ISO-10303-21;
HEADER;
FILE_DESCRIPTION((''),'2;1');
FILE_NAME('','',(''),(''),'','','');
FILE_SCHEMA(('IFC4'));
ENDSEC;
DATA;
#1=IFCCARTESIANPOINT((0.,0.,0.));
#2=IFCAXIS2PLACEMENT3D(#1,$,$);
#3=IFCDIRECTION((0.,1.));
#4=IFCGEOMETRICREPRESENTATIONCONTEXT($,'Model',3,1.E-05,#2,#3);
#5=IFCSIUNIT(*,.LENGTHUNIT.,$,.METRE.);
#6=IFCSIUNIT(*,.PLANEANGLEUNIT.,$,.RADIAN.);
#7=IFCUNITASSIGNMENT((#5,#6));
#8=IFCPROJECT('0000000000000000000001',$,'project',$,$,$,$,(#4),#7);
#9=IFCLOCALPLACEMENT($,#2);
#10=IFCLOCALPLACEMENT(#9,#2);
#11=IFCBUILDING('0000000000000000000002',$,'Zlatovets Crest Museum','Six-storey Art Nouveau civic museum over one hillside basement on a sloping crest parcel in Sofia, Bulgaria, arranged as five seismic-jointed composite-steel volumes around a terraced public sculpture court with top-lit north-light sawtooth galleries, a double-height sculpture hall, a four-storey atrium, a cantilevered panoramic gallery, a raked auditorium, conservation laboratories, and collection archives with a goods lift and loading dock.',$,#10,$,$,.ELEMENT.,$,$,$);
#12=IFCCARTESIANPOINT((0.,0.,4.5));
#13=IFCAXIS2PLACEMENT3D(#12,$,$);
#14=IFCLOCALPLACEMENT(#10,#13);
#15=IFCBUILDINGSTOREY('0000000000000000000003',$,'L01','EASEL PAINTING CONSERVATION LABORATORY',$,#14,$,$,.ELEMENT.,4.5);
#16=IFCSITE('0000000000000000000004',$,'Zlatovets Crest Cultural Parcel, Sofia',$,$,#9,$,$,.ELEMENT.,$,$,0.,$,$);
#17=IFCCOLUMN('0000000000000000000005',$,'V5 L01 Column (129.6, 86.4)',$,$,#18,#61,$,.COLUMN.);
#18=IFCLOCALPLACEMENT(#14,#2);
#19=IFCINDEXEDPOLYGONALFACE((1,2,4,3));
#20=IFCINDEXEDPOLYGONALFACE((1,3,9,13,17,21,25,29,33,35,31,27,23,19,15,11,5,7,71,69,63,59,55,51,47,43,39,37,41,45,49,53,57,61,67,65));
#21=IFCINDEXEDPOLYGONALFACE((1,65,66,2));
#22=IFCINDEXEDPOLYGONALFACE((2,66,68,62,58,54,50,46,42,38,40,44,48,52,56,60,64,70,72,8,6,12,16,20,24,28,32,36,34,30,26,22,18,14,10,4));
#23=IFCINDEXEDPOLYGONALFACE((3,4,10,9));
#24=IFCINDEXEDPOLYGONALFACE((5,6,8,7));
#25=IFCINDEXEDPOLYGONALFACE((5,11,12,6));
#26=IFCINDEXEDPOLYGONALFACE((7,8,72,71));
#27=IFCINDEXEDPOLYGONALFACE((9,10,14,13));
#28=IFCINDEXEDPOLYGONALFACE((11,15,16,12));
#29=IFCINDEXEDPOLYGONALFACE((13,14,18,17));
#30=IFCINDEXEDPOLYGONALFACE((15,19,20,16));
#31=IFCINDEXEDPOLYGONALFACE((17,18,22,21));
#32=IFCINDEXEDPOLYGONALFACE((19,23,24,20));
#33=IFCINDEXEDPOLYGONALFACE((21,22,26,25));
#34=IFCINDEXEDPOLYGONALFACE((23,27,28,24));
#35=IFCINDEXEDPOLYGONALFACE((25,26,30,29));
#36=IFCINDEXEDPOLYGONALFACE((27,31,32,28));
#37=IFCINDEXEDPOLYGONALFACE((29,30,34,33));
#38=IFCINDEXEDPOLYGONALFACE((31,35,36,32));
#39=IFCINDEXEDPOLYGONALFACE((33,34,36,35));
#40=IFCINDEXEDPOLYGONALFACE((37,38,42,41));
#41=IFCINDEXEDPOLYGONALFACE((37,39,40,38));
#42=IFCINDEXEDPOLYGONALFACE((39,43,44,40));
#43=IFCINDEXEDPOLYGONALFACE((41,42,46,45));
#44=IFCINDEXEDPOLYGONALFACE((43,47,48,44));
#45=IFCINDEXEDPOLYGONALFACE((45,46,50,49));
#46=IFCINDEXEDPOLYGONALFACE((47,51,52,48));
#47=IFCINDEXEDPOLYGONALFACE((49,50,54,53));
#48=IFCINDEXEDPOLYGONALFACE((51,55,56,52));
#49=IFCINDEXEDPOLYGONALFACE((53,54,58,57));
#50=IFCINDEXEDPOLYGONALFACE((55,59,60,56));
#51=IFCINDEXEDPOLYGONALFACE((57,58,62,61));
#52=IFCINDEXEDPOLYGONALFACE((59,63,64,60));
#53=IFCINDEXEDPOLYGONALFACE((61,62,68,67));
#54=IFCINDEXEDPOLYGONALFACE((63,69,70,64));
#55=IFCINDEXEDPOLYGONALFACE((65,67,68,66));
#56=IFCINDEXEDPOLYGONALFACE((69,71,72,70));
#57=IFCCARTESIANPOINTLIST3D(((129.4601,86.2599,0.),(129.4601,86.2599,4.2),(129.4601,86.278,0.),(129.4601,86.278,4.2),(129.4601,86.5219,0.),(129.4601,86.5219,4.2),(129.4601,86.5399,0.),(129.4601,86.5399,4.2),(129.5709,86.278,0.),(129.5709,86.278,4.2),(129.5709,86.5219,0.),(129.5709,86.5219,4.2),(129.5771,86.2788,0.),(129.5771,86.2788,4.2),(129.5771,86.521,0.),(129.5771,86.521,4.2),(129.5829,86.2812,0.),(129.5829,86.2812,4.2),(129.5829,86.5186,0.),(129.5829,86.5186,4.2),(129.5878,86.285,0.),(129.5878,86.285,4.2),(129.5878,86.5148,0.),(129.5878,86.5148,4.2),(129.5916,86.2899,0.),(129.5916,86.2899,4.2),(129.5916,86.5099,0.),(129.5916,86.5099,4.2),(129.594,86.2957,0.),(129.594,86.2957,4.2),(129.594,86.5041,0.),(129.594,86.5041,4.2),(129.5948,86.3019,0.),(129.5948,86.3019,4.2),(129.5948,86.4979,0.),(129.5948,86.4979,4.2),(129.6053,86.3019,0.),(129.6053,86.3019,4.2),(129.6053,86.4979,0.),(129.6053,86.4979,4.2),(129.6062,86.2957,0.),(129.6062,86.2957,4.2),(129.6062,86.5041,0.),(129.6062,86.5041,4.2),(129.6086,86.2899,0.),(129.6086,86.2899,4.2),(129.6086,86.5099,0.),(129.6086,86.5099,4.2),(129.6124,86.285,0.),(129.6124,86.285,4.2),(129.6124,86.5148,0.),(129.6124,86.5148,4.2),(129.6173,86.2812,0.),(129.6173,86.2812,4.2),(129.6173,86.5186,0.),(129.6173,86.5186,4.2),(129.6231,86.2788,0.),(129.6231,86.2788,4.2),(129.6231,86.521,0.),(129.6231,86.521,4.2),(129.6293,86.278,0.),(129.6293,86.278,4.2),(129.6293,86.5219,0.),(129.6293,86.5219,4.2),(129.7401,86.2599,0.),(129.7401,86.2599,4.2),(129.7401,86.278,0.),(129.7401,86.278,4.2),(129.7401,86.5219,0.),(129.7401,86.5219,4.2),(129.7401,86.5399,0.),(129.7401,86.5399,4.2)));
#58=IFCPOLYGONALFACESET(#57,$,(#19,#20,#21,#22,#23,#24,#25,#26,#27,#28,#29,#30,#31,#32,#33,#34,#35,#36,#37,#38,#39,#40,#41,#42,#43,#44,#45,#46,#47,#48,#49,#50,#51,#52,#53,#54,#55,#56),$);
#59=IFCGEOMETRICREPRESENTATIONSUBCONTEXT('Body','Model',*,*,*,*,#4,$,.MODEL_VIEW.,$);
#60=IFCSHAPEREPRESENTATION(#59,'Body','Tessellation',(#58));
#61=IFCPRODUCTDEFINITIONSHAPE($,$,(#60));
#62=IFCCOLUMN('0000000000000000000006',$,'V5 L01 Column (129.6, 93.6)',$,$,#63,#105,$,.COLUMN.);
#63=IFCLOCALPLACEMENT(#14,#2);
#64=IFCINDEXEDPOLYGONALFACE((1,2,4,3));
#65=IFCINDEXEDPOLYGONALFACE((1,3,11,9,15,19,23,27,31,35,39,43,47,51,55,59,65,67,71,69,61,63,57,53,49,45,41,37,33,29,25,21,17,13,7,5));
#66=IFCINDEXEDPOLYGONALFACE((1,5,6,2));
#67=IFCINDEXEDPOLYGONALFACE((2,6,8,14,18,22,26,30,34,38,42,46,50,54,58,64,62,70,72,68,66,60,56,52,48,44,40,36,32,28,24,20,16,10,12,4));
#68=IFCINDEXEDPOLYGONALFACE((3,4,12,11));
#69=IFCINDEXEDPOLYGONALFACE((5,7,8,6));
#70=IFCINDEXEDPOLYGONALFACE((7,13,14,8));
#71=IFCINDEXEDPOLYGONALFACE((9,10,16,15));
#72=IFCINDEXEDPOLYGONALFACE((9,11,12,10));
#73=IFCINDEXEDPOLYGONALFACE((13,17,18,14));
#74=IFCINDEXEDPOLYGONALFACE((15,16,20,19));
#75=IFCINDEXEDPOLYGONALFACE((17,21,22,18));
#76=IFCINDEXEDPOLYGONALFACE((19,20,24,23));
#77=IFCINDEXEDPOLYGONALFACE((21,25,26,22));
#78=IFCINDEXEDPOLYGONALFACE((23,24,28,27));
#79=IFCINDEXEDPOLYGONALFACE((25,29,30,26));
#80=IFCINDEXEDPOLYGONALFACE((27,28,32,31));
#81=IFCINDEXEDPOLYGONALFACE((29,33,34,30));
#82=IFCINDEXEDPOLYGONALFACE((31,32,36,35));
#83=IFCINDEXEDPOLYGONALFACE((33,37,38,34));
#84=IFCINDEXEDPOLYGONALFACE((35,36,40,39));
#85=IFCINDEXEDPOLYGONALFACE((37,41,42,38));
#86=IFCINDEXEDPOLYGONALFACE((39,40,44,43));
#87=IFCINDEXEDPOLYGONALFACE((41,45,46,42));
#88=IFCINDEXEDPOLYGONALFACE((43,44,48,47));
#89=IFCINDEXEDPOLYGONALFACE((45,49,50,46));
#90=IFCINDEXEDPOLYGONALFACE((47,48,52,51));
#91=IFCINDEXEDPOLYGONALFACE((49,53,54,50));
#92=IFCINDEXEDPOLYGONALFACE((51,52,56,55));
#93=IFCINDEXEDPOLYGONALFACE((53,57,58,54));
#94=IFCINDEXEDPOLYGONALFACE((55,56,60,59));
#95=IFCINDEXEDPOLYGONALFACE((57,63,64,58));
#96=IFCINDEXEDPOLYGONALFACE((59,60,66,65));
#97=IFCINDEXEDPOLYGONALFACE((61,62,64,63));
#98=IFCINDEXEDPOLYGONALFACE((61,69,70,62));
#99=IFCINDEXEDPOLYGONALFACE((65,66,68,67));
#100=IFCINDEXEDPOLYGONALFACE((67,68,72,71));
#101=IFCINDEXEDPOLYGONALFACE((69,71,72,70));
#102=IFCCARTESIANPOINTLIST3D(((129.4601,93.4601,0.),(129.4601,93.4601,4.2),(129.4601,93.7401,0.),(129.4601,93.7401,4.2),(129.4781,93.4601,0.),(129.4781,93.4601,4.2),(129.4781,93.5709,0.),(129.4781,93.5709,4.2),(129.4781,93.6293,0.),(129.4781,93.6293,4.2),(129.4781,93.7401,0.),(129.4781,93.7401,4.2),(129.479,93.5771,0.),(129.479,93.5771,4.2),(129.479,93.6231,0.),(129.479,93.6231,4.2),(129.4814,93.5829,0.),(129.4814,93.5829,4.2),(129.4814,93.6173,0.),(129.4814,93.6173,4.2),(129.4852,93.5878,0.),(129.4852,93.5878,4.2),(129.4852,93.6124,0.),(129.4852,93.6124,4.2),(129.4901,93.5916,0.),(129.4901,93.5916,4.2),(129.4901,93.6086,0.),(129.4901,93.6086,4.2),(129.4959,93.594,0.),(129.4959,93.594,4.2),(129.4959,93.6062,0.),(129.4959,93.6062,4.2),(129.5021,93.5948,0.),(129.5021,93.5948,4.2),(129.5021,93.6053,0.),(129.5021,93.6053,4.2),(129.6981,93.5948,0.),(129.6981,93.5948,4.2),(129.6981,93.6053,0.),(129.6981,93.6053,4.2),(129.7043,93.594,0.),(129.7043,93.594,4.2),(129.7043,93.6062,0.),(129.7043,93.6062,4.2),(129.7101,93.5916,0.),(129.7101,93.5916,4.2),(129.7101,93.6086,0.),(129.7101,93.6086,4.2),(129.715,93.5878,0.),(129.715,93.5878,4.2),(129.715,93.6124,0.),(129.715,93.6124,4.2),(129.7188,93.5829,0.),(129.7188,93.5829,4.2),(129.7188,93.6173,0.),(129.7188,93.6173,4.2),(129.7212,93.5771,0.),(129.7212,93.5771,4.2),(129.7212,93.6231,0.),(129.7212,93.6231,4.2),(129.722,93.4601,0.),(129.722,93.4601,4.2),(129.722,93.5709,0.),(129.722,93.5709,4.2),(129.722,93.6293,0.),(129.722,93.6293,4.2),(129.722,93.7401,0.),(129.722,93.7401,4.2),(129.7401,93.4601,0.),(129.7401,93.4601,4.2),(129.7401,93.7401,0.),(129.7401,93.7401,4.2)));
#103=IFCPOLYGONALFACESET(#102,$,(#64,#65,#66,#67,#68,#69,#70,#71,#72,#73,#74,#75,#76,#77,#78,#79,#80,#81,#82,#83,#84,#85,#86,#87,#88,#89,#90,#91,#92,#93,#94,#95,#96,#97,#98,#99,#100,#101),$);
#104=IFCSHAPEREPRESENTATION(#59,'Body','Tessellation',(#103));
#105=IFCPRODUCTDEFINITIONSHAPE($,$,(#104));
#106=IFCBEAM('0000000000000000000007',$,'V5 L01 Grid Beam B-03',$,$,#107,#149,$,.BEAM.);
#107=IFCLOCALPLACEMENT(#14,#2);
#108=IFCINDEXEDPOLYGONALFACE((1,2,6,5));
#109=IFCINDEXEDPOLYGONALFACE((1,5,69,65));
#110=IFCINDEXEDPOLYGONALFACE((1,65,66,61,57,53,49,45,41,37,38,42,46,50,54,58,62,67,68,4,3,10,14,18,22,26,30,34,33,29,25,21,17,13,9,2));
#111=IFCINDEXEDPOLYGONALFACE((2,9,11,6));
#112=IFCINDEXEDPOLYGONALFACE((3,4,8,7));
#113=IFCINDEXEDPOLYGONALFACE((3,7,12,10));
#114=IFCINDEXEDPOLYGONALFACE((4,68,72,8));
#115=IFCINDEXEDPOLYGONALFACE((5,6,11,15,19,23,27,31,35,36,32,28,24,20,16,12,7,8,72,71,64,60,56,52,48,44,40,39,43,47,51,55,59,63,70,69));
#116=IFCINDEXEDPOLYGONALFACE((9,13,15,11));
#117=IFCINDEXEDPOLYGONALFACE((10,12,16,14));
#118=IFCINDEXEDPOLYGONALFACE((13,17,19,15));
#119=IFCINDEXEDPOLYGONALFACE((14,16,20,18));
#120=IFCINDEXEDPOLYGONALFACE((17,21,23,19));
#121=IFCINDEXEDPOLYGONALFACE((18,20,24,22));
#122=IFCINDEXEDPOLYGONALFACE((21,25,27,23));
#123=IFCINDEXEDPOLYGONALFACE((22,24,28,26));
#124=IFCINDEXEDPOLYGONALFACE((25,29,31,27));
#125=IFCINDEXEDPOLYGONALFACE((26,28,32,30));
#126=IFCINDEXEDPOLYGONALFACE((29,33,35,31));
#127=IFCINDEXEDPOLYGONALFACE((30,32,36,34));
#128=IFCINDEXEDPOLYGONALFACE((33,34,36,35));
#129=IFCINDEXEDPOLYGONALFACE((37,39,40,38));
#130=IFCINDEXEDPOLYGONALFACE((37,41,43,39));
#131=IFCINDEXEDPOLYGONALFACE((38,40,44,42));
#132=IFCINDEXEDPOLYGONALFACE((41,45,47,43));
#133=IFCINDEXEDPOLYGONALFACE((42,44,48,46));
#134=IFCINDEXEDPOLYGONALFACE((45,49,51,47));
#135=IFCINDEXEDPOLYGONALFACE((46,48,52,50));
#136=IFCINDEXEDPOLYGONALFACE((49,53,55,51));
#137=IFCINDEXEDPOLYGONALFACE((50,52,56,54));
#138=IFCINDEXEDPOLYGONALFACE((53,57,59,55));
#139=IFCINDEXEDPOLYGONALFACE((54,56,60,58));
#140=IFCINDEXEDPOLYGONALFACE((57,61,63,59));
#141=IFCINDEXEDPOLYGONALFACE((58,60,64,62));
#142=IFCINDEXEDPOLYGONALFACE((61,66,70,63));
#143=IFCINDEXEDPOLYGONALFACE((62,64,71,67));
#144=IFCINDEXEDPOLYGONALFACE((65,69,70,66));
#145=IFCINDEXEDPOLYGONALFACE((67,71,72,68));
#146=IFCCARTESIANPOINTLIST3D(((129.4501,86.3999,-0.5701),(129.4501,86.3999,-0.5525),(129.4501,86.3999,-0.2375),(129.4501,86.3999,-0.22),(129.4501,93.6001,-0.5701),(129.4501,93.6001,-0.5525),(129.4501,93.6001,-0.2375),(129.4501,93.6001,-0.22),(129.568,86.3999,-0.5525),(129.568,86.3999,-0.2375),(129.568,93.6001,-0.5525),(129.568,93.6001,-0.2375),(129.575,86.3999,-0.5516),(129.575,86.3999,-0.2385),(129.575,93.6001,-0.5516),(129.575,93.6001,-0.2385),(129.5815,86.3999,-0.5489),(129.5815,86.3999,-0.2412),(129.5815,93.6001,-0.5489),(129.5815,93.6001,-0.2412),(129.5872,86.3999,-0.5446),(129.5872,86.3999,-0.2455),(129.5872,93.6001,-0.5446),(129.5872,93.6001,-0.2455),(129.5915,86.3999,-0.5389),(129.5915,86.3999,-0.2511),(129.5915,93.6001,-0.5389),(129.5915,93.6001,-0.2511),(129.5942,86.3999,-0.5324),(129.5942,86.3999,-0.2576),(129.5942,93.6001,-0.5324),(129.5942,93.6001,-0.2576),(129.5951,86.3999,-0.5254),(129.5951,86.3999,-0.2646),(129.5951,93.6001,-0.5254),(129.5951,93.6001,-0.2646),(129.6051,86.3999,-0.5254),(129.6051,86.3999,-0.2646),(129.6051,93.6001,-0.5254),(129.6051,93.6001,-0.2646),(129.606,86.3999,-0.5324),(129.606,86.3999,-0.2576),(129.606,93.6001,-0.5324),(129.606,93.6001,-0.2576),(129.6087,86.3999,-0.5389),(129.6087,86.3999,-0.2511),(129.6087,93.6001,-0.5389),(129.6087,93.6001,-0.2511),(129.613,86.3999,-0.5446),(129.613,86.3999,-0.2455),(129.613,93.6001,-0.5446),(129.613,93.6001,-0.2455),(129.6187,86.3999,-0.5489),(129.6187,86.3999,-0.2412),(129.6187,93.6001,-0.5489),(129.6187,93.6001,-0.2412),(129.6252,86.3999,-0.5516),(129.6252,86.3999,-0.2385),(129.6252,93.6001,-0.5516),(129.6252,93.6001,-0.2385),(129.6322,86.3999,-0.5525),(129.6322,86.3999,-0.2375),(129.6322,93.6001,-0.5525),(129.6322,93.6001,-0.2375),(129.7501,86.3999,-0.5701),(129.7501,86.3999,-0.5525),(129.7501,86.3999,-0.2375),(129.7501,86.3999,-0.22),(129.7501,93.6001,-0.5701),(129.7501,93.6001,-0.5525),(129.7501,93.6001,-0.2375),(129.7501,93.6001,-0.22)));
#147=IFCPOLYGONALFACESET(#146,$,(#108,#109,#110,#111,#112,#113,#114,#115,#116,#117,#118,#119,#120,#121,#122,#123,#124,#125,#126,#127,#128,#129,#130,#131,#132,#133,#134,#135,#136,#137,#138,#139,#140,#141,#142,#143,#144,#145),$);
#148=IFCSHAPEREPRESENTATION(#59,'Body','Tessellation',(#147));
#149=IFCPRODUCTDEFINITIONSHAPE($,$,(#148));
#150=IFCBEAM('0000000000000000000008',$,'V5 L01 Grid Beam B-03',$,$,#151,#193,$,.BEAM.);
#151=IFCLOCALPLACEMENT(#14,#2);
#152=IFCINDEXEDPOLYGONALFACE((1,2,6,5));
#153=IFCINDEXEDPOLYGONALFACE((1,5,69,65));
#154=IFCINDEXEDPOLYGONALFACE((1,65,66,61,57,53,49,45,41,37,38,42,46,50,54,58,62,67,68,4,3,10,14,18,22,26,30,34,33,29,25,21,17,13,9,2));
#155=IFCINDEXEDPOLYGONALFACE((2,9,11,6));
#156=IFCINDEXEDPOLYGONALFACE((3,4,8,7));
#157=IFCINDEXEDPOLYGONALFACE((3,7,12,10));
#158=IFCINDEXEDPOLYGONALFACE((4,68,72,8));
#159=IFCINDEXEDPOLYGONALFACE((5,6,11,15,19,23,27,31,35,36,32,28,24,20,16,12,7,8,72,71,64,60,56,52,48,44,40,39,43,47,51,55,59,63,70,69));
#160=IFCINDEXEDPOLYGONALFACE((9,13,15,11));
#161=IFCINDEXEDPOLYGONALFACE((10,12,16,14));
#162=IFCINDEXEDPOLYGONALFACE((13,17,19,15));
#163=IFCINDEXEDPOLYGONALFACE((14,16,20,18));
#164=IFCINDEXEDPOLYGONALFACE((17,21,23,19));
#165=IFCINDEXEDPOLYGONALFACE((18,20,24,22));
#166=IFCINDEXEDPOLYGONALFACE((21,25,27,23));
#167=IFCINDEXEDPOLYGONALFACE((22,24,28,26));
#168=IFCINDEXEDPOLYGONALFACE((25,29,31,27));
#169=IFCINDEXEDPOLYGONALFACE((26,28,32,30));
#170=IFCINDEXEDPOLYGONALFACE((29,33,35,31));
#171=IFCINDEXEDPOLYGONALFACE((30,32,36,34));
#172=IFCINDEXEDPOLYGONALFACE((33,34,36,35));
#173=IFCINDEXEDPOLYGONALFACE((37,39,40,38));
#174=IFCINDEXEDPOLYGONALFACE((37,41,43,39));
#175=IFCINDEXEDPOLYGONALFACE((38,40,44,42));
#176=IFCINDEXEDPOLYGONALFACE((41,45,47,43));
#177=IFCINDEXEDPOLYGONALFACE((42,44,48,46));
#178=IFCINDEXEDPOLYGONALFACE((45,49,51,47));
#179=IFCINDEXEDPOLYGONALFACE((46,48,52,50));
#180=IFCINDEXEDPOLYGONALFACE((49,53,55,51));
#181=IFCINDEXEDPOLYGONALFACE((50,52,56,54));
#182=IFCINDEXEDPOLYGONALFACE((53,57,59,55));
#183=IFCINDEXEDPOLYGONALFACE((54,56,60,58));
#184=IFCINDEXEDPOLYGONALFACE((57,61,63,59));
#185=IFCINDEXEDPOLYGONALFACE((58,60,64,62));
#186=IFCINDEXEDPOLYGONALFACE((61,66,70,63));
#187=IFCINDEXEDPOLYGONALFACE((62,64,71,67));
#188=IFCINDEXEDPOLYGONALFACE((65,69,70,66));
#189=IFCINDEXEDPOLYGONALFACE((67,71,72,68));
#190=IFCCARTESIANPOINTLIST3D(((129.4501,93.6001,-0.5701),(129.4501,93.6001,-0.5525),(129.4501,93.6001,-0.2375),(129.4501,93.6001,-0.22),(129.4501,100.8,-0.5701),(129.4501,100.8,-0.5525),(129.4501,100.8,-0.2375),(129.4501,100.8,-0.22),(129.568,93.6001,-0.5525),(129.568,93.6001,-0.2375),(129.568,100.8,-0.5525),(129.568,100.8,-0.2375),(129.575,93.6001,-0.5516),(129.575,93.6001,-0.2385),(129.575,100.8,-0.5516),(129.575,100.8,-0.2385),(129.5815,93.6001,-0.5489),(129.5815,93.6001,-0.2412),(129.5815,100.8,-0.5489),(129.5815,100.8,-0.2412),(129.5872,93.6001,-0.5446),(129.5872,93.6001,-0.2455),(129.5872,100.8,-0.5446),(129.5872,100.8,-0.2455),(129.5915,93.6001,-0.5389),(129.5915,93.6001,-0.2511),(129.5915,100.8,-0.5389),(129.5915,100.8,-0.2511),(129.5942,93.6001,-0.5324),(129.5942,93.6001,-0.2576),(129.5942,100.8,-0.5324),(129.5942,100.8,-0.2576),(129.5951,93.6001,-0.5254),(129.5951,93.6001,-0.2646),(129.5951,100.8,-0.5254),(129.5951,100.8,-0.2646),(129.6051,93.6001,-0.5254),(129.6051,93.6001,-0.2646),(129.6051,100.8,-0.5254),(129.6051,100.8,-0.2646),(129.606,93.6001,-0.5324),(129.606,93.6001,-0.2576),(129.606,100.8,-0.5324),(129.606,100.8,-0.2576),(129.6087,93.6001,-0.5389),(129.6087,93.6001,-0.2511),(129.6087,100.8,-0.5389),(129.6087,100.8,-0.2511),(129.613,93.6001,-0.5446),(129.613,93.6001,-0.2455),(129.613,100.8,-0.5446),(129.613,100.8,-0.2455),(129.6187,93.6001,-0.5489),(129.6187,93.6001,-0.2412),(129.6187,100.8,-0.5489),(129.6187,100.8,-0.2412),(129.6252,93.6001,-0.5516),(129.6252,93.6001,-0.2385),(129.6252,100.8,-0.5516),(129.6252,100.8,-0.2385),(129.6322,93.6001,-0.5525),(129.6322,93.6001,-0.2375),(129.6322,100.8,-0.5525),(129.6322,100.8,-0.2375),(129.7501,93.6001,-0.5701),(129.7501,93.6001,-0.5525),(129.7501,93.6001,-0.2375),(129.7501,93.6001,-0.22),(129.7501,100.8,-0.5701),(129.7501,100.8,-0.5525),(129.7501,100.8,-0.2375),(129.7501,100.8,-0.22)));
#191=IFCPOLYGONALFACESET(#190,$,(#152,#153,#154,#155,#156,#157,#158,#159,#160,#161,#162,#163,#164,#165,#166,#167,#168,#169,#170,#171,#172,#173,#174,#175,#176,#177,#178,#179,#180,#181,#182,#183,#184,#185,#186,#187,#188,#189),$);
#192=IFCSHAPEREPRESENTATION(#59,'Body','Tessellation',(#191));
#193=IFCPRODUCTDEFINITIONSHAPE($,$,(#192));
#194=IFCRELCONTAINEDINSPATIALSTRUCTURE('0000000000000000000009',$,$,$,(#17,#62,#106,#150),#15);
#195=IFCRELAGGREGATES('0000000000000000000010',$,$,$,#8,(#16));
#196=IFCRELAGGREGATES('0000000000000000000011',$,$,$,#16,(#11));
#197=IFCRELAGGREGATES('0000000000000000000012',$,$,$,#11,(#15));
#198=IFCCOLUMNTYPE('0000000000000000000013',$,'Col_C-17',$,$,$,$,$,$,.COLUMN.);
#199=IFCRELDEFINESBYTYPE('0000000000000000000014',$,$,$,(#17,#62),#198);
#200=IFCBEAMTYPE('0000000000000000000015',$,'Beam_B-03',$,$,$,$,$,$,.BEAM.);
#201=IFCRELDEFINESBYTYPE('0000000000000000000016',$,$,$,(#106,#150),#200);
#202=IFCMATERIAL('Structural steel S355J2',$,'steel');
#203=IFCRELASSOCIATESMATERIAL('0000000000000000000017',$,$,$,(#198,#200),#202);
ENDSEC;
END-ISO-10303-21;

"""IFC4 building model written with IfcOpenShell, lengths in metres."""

from ifc_helpers import new_model, si_unit, direction, frame, origin, origin_2d, place, context, subcontext, project, spatial, i_section, extrude, material, material_profile, profile_set, type_object, element, save


model = new_model("IFC4")

# Units and contexts
model_context = context("Model", 3, precision=1e-05, world=origin(), true_north=direction((0.0, 1.0)))
body_context = subcontext(model_context, "Body", "Model", "MODEL_VIEW")
ifc_project = project(units=[si_unit("LENGTHUNIT", "METRE"), si_unit("PLANEANGLEUNIT", "RADIAN")], contexts=[model_context])

# Site, building, storey
site_placement = place(None, origin())
site = spatial("IfcSite", under=ifc_project, at=site_placement, Name="Zlatovets Crest Cultural Parcel, Sofia", CompositionType="ELEMENT", RefElevation=0.0)
building_placement = place(site_placement, origin())
building = spatial("IfcBuilding", under=site, at=building_placement, Name="Zlatovets Crest Museum", Description="Six-storey Art Nouveau civic museum over one hillside basement on a sloping crest parcel in Sofia, Bulgaria, arranged as five seismic-jointed composite-steel volumes around a terraced public sculpture court with top-lit north-light sawtooth galleries, a double-height sculpture hall, a four-storey atrium, a cantilevered panoramic gallery, a raked auditorium, conservation laboratories, and collection archives with a goods lift and loading dock.", CompositionType="ELEMENT")
storey_placement = place(building_placement, frame((0.0, 0.0, 4.5)))
storey = spatial("IfcBuildingStorey", under=building, at=storey_placement, Name="L01", Description="EASEL PAINTING CONSERVATION LABORATORY", CompositionType="ELEMENT", Elevation=4.5)

# Columns
ifc_material_1 = material(Name="Structural steel S355J2", Category="steel")
ifc_material_profile_1 = material_profile(ifc_material_1, i_section(OverallWidth=0.28, OverallDepth=0.28, WebThickness=0.0105, FlangeThickness=0.0181, FilletRadius=0.0239, at=origin_2d()), Name="HEB 280")
ifc_profile_set_1 = profile_set([ifc_material_profile_1], Name="Structural steel S355J2")
column_type = type_object("IfcColumnType", Name="Col_C-17", PredefinedType="COLUMN", material=ifc_profile_set_1)
for number, where, z_axis, x_axis, name in (
    (1, (129.6001, 86.3999, 0.0), (0.0, 0.0, 1.0), (1.0, 0.0, 0.0), "V5 L01 Column (129.6, 86.4)"),
    (2, (129.6001, 93.6001, 0.0), (0.0, 0.0, 1.0), (0.0, 1.0, 0.0), "V5 L01 Column (129.6, 93.6)"),
):
    element("IfcColumn", number, at=place(storey_placement, frame(where, z_axis=z_axis, x_axis=x_axis)), inside=storey, type_object=column_type, Name=name, PredefinedType="COLUMN", context=body_context, shape_type="SweptSolid", body=[
        extrude(i_section(OverallWidth=0.28, OverallDepth=0.28, WebThickness=0.0105, FlangeThickness=0.0181, FilletRadius=0.0239, at=origin_2d()), origin(), (0.0, 0.0, 1.0), 4.2),
    ])

# Beams
ifc_material_profile_2 = material_profile(ifc_material_1, i_section(OverallWidth=0.3, OverallDepth=0.3501, WebThickness=0.01, FlangeThickness=0.0176, FilletRadius=0.0271, at=origin_2d()), Name="HEA 360")
ifc_profile_set_2 = profile_set([ifc_material_profile_2], Name="Structural steel S355J2")
beam_type_1 = type_object("IfcBeamType", Name="Beam_B-03", PredefinedType="BEAM", material=ifc_profile_set_2)
beam_1_placement = place(storey_placement, frame((129.6001, 86.3999, -0.395), z_axis=(0.0, 1.0, 0.0), x_axis=(-1.0, 0.0, 0.0)))
element("IfcBeam", 3, at=beam_1_placement, inside=storey, type_object=beam_type_1, Name="V5 L01 Grid Beam B-03", PredefinedType="BEAM", context=body_context, shape_type="SweptSolid", body=[
    extrude(i_section(OverallWidth=0.3, OverallDepth=0.3501, WebThickness=0.01, FlangeThickness=0.0176, FilletRadius=0.0271, at=origin_2d()), origin(), (0.0, 0.0, 1.0), 7.2002),
])
beam_2_placement = place(storey_placement, frame((129.6001, 93.6001, -0.395), z_axis=(0.0, 1.0, 0.0), x_axis=(-1.0, 0.0, 0.0)))
element("IfcBeam", 4, at=beam_2_placement, inside=storey, type_object=beam_type_1, Name="V5 L01 Grid Beam B-03", PredefinedType="BEAM", context=body_context, shape_type="SweptSolid", body=[
    extrude(i_section(OverallWidth=0.3, OverallDepth=0.3501, WebThickness=0.01, FlangeThickness=0.0176, FilletRadius=0.0271, at=origin_2d()), origin(), (0.0, 0.0, 1.0), 7.2),
])

save(model, "model.ifc")
